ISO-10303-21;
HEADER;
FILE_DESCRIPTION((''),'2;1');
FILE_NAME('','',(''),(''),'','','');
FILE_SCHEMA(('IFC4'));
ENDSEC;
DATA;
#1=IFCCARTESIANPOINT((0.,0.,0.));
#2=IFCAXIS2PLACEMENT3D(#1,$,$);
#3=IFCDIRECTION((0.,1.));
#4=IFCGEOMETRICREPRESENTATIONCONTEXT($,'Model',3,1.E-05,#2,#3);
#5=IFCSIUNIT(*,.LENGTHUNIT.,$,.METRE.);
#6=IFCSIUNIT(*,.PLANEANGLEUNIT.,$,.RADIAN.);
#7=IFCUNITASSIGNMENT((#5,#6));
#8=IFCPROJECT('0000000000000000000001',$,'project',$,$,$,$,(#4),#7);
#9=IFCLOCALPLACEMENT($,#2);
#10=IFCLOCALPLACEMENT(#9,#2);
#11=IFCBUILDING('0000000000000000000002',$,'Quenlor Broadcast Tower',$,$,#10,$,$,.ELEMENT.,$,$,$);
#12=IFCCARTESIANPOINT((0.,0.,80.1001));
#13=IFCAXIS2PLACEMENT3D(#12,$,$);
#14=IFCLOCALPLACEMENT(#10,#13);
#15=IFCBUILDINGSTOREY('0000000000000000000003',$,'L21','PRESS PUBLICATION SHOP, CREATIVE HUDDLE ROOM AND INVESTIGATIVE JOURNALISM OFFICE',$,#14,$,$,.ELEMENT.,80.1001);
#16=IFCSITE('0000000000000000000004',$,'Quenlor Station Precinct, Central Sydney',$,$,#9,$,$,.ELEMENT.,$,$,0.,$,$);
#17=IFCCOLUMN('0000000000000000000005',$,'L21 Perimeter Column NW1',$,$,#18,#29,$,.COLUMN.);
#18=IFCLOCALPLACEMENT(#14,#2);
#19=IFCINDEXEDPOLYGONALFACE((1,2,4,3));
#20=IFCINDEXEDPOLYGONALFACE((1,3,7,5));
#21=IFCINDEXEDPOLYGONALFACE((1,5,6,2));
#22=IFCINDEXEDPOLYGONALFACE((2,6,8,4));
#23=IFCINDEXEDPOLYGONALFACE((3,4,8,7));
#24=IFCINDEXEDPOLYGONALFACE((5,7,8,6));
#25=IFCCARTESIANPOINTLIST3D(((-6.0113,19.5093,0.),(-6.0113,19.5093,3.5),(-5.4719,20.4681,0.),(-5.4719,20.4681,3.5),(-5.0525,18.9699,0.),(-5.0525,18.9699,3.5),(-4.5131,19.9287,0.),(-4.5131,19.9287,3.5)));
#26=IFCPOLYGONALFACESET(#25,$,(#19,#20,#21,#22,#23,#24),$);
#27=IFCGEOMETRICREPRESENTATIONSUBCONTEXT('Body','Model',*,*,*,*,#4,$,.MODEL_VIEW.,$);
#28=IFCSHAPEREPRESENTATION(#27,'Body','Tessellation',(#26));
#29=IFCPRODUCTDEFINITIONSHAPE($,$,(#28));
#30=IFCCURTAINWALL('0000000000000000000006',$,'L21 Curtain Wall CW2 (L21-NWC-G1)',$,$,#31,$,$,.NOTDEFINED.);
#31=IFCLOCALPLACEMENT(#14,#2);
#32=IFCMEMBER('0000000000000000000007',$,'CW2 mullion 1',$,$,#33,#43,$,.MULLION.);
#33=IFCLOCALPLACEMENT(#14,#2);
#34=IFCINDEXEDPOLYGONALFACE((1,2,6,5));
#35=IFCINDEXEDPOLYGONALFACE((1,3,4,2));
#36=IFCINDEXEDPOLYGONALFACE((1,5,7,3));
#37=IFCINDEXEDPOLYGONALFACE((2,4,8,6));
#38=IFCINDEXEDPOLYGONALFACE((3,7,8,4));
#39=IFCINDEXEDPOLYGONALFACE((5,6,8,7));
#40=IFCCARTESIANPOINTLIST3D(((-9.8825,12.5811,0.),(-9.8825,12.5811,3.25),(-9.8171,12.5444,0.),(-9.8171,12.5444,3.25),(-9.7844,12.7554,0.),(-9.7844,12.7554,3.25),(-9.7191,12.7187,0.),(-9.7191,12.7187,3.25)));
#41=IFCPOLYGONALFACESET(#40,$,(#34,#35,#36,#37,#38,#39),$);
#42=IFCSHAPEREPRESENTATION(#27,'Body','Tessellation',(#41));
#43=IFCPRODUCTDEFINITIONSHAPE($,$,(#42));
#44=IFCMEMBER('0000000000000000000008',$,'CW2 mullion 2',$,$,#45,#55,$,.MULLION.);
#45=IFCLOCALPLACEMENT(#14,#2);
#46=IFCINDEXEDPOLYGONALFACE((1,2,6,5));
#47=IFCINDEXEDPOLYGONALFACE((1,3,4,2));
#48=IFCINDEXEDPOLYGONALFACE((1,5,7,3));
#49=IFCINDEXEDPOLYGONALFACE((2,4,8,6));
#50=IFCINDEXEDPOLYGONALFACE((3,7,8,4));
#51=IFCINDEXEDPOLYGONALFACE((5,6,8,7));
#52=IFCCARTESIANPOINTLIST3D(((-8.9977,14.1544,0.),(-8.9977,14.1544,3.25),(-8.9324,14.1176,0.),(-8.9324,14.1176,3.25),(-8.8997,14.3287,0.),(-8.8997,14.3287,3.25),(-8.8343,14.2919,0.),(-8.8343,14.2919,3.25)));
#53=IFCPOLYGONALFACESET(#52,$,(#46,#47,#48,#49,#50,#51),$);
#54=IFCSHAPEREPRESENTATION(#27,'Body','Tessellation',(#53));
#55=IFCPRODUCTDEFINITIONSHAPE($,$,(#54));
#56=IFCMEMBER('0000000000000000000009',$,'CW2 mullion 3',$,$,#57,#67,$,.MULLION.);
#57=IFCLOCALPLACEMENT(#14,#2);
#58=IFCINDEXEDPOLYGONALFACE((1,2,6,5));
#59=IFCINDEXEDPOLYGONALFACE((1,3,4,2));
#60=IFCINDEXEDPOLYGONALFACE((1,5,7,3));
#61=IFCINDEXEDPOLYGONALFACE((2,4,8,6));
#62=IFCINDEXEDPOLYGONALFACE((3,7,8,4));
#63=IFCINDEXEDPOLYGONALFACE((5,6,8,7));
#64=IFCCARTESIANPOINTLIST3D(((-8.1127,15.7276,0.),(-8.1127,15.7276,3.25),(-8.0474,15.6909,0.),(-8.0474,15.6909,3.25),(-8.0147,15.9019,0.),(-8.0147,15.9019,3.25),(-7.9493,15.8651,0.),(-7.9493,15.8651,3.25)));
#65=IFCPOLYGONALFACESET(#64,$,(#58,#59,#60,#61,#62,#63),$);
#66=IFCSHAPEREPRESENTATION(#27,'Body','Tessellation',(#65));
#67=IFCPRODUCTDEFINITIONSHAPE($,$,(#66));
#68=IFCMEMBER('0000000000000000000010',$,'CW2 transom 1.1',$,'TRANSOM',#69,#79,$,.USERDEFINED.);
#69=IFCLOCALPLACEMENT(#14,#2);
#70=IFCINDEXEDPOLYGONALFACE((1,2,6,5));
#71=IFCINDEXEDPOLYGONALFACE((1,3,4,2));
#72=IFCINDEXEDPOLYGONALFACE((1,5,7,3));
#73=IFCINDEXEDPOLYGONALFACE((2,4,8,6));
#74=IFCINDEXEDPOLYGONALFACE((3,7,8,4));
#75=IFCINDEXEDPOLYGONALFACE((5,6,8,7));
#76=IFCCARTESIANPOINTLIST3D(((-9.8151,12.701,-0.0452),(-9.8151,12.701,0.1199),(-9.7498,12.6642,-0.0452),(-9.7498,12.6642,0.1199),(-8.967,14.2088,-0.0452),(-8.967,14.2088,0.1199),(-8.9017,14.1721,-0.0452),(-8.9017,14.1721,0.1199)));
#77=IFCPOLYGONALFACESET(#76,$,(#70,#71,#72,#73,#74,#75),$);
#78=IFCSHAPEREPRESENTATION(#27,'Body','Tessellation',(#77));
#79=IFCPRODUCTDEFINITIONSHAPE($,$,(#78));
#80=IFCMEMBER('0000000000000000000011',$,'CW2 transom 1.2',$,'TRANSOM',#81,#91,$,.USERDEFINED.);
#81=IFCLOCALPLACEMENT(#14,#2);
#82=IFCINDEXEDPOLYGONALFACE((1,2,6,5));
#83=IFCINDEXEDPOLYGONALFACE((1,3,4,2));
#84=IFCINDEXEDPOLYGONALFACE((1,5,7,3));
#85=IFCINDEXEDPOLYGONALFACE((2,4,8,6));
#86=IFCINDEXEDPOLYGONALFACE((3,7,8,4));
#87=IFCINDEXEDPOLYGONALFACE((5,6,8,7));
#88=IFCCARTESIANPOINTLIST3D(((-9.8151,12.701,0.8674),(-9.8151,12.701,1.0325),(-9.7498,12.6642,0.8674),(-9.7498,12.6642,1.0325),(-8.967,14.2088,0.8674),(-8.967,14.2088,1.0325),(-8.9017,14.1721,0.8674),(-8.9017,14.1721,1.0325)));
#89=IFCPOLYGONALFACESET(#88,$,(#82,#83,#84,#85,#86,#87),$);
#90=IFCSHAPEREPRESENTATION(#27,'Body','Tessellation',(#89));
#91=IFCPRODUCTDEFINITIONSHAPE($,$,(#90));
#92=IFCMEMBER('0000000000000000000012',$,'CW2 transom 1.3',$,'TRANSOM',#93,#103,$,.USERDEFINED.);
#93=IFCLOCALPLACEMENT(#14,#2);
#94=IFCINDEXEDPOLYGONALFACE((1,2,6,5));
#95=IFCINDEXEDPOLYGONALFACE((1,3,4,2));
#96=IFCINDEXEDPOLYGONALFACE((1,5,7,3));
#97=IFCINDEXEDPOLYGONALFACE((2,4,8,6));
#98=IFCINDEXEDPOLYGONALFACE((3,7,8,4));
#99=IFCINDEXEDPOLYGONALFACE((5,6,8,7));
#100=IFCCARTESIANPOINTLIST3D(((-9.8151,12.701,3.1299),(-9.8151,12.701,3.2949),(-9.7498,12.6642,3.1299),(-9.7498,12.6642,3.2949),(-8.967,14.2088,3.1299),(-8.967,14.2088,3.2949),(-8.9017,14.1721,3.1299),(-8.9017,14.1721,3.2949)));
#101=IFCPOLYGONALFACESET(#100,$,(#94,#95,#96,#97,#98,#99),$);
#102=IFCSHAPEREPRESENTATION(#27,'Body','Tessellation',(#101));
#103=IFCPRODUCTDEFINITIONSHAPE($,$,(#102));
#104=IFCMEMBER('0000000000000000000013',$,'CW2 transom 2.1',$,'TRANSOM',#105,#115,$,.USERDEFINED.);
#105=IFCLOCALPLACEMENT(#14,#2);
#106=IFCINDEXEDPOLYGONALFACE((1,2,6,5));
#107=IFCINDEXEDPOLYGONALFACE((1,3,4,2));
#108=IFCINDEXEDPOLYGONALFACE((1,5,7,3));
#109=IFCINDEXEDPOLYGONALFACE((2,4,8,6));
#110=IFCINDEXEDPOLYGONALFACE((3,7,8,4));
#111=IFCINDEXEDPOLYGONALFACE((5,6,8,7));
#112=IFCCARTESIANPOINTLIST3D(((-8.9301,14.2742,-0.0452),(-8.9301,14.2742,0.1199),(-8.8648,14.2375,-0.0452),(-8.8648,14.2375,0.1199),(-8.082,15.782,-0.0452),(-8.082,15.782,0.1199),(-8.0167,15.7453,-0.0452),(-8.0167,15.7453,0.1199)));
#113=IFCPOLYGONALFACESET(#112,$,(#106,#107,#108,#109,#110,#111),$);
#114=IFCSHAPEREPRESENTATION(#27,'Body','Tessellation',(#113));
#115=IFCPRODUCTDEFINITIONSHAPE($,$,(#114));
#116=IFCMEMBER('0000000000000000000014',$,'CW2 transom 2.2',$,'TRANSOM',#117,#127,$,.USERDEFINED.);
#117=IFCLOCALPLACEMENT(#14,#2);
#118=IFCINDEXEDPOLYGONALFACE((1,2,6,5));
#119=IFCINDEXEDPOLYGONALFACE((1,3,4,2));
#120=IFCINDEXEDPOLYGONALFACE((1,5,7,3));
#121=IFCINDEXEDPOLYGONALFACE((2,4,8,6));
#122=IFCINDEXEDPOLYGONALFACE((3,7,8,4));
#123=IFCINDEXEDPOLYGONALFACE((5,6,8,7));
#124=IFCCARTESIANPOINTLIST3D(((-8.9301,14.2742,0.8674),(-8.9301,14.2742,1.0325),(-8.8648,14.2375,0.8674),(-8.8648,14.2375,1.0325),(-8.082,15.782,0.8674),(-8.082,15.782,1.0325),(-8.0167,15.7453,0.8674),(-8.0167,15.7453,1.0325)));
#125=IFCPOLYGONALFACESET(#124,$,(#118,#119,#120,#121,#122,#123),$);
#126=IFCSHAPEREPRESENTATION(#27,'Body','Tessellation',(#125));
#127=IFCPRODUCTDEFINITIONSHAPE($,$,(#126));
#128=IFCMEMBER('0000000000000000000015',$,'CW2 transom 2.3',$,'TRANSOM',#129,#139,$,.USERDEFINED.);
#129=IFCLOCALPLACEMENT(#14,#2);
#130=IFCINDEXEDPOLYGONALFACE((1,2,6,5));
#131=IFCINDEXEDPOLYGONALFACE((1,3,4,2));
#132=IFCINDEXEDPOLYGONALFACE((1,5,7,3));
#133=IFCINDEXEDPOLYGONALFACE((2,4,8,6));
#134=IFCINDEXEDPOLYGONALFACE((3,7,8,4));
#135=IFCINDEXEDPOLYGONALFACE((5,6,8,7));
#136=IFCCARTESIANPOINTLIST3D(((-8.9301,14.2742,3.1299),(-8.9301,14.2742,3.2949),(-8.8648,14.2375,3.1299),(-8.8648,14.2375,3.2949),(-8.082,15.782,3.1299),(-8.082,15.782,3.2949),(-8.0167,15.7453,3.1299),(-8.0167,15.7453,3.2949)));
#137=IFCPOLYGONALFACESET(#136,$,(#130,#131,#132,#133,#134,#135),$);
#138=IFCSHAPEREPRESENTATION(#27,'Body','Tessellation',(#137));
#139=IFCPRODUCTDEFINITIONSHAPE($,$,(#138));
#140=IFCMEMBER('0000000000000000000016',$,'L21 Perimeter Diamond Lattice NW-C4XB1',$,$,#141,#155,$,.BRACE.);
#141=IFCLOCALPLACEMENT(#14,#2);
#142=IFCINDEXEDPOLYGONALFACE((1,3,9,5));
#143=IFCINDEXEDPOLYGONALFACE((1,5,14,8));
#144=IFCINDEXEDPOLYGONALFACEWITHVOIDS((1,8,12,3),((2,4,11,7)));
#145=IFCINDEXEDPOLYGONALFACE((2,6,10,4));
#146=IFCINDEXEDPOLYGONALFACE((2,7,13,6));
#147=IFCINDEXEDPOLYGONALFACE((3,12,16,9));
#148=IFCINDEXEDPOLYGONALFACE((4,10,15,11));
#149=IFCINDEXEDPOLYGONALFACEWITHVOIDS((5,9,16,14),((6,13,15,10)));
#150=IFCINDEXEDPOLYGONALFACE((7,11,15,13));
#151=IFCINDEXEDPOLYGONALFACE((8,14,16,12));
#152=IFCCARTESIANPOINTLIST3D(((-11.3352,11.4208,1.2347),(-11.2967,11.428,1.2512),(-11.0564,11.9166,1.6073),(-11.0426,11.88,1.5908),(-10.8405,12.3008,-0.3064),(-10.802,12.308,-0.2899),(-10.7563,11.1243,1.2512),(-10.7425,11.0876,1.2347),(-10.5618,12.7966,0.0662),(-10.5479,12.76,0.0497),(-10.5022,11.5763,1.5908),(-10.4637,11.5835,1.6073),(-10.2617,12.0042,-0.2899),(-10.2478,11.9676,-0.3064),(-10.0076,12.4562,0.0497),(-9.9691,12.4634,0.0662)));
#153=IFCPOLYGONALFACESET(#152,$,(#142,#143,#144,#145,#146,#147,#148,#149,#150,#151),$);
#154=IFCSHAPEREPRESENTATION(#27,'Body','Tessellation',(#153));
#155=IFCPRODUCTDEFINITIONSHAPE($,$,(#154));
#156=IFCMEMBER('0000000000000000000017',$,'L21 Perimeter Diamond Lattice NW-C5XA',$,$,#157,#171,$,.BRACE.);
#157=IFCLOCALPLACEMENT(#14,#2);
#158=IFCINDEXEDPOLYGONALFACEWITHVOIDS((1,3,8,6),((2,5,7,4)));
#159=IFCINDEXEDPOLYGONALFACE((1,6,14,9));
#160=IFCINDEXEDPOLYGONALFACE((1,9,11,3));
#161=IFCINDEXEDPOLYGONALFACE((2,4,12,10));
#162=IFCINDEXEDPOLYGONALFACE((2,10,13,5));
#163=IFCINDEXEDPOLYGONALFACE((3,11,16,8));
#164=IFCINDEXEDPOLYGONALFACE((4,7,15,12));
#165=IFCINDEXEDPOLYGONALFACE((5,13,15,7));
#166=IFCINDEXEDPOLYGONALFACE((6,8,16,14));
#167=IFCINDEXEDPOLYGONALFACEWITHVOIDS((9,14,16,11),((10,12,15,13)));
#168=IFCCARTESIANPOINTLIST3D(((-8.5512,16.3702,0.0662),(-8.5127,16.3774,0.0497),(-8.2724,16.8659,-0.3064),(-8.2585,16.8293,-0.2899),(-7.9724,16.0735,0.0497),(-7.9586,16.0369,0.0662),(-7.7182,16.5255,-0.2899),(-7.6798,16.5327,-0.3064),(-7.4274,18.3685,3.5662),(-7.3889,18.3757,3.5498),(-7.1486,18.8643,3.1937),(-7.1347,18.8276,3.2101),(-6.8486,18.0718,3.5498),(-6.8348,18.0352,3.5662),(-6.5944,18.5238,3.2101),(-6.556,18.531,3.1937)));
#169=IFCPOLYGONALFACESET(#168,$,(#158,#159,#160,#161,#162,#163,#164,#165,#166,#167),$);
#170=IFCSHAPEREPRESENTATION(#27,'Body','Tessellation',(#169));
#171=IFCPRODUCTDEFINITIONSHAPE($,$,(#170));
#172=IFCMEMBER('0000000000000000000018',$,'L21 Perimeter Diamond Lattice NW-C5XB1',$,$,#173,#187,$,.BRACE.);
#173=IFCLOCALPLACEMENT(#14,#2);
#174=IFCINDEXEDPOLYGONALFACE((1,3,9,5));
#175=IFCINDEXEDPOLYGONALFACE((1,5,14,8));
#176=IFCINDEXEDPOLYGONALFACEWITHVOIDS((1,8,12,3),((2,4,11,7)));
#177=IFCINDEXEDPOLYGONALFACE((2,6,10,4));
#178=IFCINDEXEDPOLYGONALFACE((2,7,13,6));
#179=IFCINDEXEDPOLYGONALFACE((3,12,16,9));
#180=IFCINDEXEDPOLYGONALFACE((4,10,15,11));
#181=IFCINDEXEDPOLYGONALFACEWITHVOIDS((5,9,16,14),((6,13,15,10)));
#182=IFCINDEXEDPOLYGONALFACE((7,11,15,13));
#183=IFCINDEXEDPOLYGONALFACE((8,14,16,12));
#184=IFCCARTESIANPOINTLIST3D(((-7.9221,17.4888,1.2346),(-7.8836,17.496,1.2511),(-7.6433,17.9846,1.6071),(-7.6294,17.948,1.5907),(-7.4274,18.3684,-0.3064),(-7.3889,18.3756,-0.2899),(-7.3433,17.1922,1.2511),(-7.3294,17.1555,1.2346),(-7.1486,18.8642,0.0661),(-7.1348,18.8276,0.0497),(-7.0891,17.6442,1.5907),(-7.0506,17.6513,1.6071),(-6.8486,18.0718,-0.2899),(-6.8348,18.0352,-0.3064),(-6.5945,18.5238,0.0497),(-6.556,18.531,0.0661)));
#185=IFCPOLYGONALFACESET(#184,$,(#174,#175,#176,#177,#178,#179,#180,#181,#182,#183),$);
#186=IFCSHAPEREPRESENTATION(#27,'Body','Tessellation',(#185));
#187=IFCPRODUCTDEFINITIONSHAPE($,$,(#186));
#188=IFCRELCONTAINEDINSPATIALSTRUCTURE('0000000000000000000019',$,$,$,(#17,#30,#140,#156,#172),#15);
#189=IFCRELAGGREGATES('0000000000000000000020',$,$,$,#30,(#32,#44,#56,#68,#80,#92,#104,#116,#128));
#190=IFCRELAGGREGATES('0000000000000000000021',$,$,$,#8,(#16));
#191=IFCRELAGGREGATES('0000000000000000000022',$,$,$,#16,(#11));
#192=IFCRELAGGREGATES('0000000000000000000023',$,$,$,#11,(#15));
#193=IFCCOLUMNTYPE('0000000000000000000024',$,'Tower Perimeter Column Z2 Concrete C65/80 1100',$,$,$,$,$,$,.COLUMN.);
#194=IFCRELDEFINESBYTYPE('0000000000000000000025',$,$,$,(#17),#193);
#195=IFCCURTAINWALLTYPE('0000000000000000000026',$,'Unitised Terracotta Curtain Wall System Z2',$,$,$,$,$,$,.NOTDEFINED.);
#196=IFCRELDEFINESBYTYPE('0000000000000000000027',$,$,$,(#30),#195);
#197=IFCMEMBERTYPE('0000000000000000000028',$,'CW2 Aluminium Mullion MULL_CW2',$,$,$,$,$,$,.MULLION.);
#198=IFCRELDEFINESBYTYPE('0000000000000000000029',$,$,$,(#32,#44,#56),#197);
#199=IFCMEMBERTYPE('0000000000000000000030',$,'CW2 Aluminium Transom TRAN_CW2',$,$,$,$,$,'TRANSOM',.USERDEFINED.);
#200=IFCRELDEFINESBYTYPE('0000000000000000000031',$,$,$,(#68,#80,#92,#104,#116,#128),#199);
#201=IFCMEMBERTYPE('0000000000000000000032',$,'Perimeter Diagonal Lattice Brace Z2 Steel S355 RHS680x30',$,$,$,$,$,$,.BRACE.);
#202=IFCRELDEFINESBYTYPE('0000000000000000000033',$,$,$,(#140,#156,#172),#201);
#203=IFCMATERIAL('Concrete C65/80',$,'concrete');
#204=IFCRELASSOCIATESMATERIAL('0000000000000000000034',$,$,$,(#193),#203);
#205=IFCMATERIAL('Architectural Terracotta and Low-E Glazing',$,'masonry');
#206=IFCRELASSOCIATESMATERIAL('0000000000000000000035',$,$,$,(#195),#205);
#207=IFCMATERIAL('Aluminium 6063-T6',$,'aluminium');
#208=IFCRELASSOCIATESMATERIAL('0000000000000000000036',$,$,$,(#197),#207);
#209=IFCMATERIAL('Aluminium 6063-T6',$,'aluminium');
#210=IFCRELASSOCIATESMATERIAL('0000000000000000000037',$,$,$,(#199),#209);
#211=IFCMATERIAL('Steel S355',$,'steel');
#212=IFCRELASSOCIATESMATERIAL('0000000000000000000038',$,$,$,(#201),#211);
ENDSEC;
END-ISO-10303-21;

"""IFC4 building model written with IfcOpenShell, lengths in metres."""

from ifc_helpers import new_model, si_unit, direction, frame, origin, origin_2d, place, context, subcontext, project, spatial, rectangle, hollow_rectangle, extrude, material, material_profile, profile_set, type_object, element, aggregate, save


model = new_model("IFC4")

# Units and contexts
model_context = context("Model", 3, precision=1e-05, world=origin(), true_north=direction((0.0, 1.0)))
body_context = subcontext(model_context, "Body", "Model", "MODEL_VIEW")
ifc_project = project(units=[si_unit("LENGTHUNIT", "METRE"), si_unit("PLANEANGLEUNIT", "RADIAN")], contexts=[model_context])

# Site, building, storey
site_placement = place(None, origin())
site = spatial("IfcSite", under=ifc_project, at=site_placement, Name="Quenlor Station Precinct, Central Sydney", CompositionType="ELEMENT", RefElevation=0.0)
building_placement = place(site_placement, origin())
building = spatial("IfcBuilding", under=site, at=building_placement, Name="Quenlor Broadcast Tower", CompositionType="ELEMENT")
storey_placement = place(building_placement, frame((0.0, 0.0, 80.1001)))
storey = spatial("IfcBuildingStorey", under=building, at=storey_placement, Name="L21", Description="PRESS PUBLICATION SHOP, CREATIVE HUDDLE ROOM AND INVESTIGATIVE JOURNALISM OFFICE", CompositionType="ELEMENT", Elevation=80.1001)

# Column
ifc_material_1 = material(Name="Concrete C65/80", Category="concrete")
ifc_material_profile_1 = material_profile(ifc_material_1, rectangle(XDim=1.1001, YDim=1.1001, at=origin_2d()))
ifc_profile_set_1 = profile_set([ifc_material_profile_1], Name="Concrete C65/80 RC1100x1100")
column_type = type_object("IfcColumnType", Name="Tower Perimeter Column Z2 Concrete C65/80 1100", PredefinedType="COLUMN", material=ifc_profile_set_1)
column_placement = place(storey_placement, frame((-5.2622, 19.719, 0.0), z_axis=(0.0, 0.0, 1.0), x_axis=(-0.871575, 0.490262, 0.0)))
element("IfcColumn", 1, at=column_placement, inside=storey, type_object=column_type, Name="L21 Perimeter Column NW1", PredefinedType="COLUMN", context=body_context, shape_type="SweptSolid", body=[
    extrude(rectangle(XDim=1.1001, YDim=1.1001, at=origin_2d()), origin(), (0.0, 0.0, 1.0), 3.5),
])

# Curtain wall, members
ifc_material_2 = material(Name="Architectural Terracotta and Low-E Glazing", Category="masonry")
curtain_wall_type = type_object("IfcCurtainWallType", Name="Unitised Terracotta Curtain Wall System Z2", PredefinedType="NOTDEFINED", material=ifc_material_2)
curtain_wall_placement = place(storey_placement, origin())
curtain_wall = element("IfcCurtainWall", 2, at=curtain_wall_placement, inside=storey, type_object=curtain_wall_type, Name="L21 Curtain Wall CW2 (L21-NWC-G1)", PredefinedType="NOTDEFINED")
ifc_material_3 = material(Name="Aluminium 6063-T6", Category="aluminium")
ifc_material_profile_2 = material_profile(ifc_material_3, rectangle(XDim=0.075, YDim=0.2, at=origin_2d()))
ifc_profile_set_2 = profile_set([ifc_material_profile_2], Name="Aluminium 6063-T6 MULL75x200")
member_type_1 = type_object("IfcMemberType", Name="CW2 Aluminium Mullion MULL_CW2", PredefinedType="MULLION", material=ifc_profile_set_2)
member_1_placement = place(storey_placement, frame((-9.8008, 12.6499, 0.0), z_axis=(0.0, 0.0, 1.0), x_axis=(-0.871573, 0.490265, 0.0)))
member_1 = element("IfcMember", 3, at=member_1_placement, type_object=member_type_1, Name="CW2 mullion 1", PredefinedType="MULLION", context=body_context, shape_type="SweptSolid", body=[
    extrude(rectangle(XDim=0.075, YDim=0.2, at=origin_2d()), origin(), (0.0, 0.0, 1.0), 3.25),
])
member_2_placement = place(storey_placement, frame((-8.916, 14.2231, 0.0), z_axis=(0.0, 0.0, 1.0), x_axis=(-0.871573, 0.490265, 0.0)))
member_2 = element("IfcMember", 4, at=member_2_placement, type_object=member_type_1, Name="CW2 mullion 2", PredefinedType="MULLION", context=body_context, shape_type="SweptSolid", body=[
    extrude(rectangle(XDim=0.075, YDim=0.2, at=origin_2d()), origin(), (0.0, 0.0, 1.0), 3.25),
])
member_3_placement = place(storey_placement, frame((-8.031, 15.7964, 0.0), z_axis=(0.0, 0.0, 1.0), x_axis=(-0.871573, 0.490265, 0.0)))
member_3 = element("IfcMember", 5, at=member_3_placement, type_object=member_type_1, Name="CW2 mullion 3", PredefinedType="MULLION", context=body_context, shape_type="SweptSolid", body=[
    extrude(rectangle(XDim=0.075, YDim=0.2, at=origin_2d()), origin(), (0.0, 0.0, 1.0), 3.25),
])
ifc_material_4 = material(Name="Aluminium 6063-T6", Category="aluminium")
ifc_material_profile_3 = material_profile(ifc_material_4, rectangle(XDim=0.075, YDim=0.165, at=origin_2d()))
ifc_profile_set_3 = profile_set([ifc_material_profile_3], Name="Aluminium 6063-T6 TRAN75x165")
member_type_2 = type_object("IfcMemberType", Name="CW2 Aluminium Transom TRAN_CW2", ElementType="TRANSOM", PredefinedType="USERDEFINED", material=ifc_profile_set_3)
member_4_placement = place(storey_placement, frame((-9.7825, 12.6826, 0.0374), z_axis=(0.490261, 0.871576, 0.0), x_axis=(-0.871576, 0.490261, 0.0)))
member_4 = element("IfcMember", 6, at=member_4_placement, type_object=member_type_2, Name="CW2 transom 1.1", ObjectType="TRANSOM", PredefinedType="USERDEFINED", context=body_context, shape_type="SweptSolid", body=[
    extrude(rectangle(XDim=0.075, YDim=0.165, at=origin_2d()), origin(), (0.0, 0.0, 1.0), 1.73),
])
member_5_placement = place(storey_placement, frame((-9.7825, 12.6826, 0.95), z_axis=(0.490261, 0.871576, 0.0), x_axis=(-0.871576, 0.490261, 0.0)))
member_5 = element("IfcMember", 7, at=member_5_placement, type_object=member_type_2, Name="CW2 transom 1.2", ObjectType="TRANSOM", PredefinedType="USERDEFINED", context=body_context, shape_type="SweptSolid", body=[
    extrude(rectangle(XDim=0.075, YDim=0.165, at=origin_2d()), origin(), (0.0, 0.0, 1.0), 1.73),
])
member_6_placement = place(storey_placement, frame((-9.7825, 12.6826, 3.2124), z_axis=(0.490261, 0.871576, 0.0), x_axis=(-0.871576, 0.490261, 0.0)))
member_6 = element("IfcMember", 8, at=member_6_placement, type_object=member_type_2, Name="CW2 transom 1.3", ObjectType="TRANSOM", PredefinedType="USERDEFINED", context=body_context, shape_type="SweptSolid", body=[
    extrude(rectangle(XDim=0.075, YDim=0.165, at=origin_2d()), origin(), (0.0, 0.0, 1.0), 1.73),
])
member_7_placement = place(storey_placement, frame((-8.8975, 14.2559, 0.0374), z_axis=(0.490261, 0.871576, 0.0), x_axis=(-0.871576, 0.490261, 0.0)))
member_7 = element("IfcMember", 9, at=member_7_placement, type_object=member_type_2, Name="CW2 transom 2.1", ObjectType="TRANSOM", PredefinedType="USERDEFINED", context=body_context, shape_type="SweptSolid", body=[
    extrude(rectangle(XDim=0.075, YDim=0.165, at=origin_2d()), origin(), (0.0, 0.0, 1.0), 1.73),
])
member_8_placement = place(storey_placement, frame((-8.8975, 14.2559, 0.95), z_axis=(0.490261, 0.871576, 0.0), x_axis=(-0.871576, 0.490261, 0.0)))
member_8 = element("IfcMember", 10, at=member_8_placement, type_object=member_type_2, Name="CW2 transom 2.2", ObjectType="TRANSOM", PredefinedType="USERDEFINED", context=body_context, shape_type="SweptSolid", body=[
    extrude(rectangle(XDim=0.075, YDim=0.165, at=origin_2d()), origin(), (0.0, 0.0, 1.0), 1.73),
])
member_9_placement = place(storey_placement, frame((-8.8975, 14.2559, 3.2124), z_axis=(0.490261, 0.871576, 0.0), x_axis=(-0.871576, 0.490261, 0.0)))
member_9 = element("IfcMember", 11, at=member_9_placement, type_object=member_type_2, Name="CW2 transom 2.3", ObjectType="TRANSOM", PredefinedType="USERDEFINED", context=body_context, shape_type="SweptSolid", body=[
    extrude(rectangle(XDim=0.075, YDim=0.165, at=origin_2d()), origin(), (0.0, 0.0, 1.0), 1.73),
])

# Members
ifc_material_5 = material(Name="Steel S355", Category="steel")
ifc_material_profile_4 = material_profile(ifc_material_5, hollow_rectangle(XDim=0.6799, YDim=0.6799, WallThickness=0.03, at=origin_2d()))
ifc_profile_set_4 = profile_set([ifc_material_profile_4], Name="Steel S355 RHS680x680x30")
member_type_3 = type_object("IfcMemberType", Name="Perimeter Diagonal Lattice Brace Z2 Steel S355 RHS680x30", PredefinedType="BRACE", material=ifc_profile_set_4)
member_10_placement = place(storey_placement, frame((-10.4048, 12.3821, -0.1201), z_axis=(-0.268504, -0.477635, 0.836523), x_axis=(0.871705, -0.490032, 0.0)))
element("IfcMember", 12, at=member_10_placement, inside=storey, type_object=member_type_3, Name="L21 Perimeter Diamond Lattice NW-C4XB1", PredefinedType="BRACE", context=body_context, shape_type="SweptSolid", body=[
    extrude(hollow_rectangle(XDim=0.6799, YDim=0.6799, WallThickness=0.03, at=origin_2d()), origin(), (0.0, 0.0, 1.0), 1.8423),
])
member_11_placement = place(storey_placement, frame((-8.1155, 16.4514, -0.1201), z_axis=(0.268588, 0.4776, 0.836516), x_axis=(-0.871624, 0.490175, 0.0)))
element("IfcMember", 13, at=member_11_placement, inside=storey, type_object=member_type_3, Name="L21 Perimeter Diamond Lattice NW-C5XA", PredefinedType="BRACE", context=body_context, shape_type="SweptSolid", body=[
    extrude(hollow_rectangle(XDim=0.6799, YDim=0.6799, WallThickness=0.03, at=origin_2d()), origin(), (0.0, 0.0, 1.0), 4.1841),
])
for number, where, z_axis, x_axis, name in (
    (14, (-6.9917, 18.4497, -0.1201), (-0.268521, -0.477532, 0.836576), (0.871647, -0.490135, 0.0), "L21 Perimeter Diamond Lattice NW-C5XB1"),
):
    element("IfcMember", number, at=place(storey_placement, frame(where, z_axis=z_axis, x_axis=x_axis)), inside=storey, type_object=member_type_3, Name=name, PredefinedType="BRACE", context=body_context, shape_type="SweptSolid", body=[
        extrude(hollow_rectangle(XDim=0.6799, YDim=0.6799, WallThickness=0.03, at=origin_2d()), origin(), (0.0, 0.0, 1.0), 1.842),
    ])

aggregate(curtain_wall, [member_1, member_2, member_3, member_4, member_5, member_6, member_7, member_8, member_9])

save(model, "model.ifc")
